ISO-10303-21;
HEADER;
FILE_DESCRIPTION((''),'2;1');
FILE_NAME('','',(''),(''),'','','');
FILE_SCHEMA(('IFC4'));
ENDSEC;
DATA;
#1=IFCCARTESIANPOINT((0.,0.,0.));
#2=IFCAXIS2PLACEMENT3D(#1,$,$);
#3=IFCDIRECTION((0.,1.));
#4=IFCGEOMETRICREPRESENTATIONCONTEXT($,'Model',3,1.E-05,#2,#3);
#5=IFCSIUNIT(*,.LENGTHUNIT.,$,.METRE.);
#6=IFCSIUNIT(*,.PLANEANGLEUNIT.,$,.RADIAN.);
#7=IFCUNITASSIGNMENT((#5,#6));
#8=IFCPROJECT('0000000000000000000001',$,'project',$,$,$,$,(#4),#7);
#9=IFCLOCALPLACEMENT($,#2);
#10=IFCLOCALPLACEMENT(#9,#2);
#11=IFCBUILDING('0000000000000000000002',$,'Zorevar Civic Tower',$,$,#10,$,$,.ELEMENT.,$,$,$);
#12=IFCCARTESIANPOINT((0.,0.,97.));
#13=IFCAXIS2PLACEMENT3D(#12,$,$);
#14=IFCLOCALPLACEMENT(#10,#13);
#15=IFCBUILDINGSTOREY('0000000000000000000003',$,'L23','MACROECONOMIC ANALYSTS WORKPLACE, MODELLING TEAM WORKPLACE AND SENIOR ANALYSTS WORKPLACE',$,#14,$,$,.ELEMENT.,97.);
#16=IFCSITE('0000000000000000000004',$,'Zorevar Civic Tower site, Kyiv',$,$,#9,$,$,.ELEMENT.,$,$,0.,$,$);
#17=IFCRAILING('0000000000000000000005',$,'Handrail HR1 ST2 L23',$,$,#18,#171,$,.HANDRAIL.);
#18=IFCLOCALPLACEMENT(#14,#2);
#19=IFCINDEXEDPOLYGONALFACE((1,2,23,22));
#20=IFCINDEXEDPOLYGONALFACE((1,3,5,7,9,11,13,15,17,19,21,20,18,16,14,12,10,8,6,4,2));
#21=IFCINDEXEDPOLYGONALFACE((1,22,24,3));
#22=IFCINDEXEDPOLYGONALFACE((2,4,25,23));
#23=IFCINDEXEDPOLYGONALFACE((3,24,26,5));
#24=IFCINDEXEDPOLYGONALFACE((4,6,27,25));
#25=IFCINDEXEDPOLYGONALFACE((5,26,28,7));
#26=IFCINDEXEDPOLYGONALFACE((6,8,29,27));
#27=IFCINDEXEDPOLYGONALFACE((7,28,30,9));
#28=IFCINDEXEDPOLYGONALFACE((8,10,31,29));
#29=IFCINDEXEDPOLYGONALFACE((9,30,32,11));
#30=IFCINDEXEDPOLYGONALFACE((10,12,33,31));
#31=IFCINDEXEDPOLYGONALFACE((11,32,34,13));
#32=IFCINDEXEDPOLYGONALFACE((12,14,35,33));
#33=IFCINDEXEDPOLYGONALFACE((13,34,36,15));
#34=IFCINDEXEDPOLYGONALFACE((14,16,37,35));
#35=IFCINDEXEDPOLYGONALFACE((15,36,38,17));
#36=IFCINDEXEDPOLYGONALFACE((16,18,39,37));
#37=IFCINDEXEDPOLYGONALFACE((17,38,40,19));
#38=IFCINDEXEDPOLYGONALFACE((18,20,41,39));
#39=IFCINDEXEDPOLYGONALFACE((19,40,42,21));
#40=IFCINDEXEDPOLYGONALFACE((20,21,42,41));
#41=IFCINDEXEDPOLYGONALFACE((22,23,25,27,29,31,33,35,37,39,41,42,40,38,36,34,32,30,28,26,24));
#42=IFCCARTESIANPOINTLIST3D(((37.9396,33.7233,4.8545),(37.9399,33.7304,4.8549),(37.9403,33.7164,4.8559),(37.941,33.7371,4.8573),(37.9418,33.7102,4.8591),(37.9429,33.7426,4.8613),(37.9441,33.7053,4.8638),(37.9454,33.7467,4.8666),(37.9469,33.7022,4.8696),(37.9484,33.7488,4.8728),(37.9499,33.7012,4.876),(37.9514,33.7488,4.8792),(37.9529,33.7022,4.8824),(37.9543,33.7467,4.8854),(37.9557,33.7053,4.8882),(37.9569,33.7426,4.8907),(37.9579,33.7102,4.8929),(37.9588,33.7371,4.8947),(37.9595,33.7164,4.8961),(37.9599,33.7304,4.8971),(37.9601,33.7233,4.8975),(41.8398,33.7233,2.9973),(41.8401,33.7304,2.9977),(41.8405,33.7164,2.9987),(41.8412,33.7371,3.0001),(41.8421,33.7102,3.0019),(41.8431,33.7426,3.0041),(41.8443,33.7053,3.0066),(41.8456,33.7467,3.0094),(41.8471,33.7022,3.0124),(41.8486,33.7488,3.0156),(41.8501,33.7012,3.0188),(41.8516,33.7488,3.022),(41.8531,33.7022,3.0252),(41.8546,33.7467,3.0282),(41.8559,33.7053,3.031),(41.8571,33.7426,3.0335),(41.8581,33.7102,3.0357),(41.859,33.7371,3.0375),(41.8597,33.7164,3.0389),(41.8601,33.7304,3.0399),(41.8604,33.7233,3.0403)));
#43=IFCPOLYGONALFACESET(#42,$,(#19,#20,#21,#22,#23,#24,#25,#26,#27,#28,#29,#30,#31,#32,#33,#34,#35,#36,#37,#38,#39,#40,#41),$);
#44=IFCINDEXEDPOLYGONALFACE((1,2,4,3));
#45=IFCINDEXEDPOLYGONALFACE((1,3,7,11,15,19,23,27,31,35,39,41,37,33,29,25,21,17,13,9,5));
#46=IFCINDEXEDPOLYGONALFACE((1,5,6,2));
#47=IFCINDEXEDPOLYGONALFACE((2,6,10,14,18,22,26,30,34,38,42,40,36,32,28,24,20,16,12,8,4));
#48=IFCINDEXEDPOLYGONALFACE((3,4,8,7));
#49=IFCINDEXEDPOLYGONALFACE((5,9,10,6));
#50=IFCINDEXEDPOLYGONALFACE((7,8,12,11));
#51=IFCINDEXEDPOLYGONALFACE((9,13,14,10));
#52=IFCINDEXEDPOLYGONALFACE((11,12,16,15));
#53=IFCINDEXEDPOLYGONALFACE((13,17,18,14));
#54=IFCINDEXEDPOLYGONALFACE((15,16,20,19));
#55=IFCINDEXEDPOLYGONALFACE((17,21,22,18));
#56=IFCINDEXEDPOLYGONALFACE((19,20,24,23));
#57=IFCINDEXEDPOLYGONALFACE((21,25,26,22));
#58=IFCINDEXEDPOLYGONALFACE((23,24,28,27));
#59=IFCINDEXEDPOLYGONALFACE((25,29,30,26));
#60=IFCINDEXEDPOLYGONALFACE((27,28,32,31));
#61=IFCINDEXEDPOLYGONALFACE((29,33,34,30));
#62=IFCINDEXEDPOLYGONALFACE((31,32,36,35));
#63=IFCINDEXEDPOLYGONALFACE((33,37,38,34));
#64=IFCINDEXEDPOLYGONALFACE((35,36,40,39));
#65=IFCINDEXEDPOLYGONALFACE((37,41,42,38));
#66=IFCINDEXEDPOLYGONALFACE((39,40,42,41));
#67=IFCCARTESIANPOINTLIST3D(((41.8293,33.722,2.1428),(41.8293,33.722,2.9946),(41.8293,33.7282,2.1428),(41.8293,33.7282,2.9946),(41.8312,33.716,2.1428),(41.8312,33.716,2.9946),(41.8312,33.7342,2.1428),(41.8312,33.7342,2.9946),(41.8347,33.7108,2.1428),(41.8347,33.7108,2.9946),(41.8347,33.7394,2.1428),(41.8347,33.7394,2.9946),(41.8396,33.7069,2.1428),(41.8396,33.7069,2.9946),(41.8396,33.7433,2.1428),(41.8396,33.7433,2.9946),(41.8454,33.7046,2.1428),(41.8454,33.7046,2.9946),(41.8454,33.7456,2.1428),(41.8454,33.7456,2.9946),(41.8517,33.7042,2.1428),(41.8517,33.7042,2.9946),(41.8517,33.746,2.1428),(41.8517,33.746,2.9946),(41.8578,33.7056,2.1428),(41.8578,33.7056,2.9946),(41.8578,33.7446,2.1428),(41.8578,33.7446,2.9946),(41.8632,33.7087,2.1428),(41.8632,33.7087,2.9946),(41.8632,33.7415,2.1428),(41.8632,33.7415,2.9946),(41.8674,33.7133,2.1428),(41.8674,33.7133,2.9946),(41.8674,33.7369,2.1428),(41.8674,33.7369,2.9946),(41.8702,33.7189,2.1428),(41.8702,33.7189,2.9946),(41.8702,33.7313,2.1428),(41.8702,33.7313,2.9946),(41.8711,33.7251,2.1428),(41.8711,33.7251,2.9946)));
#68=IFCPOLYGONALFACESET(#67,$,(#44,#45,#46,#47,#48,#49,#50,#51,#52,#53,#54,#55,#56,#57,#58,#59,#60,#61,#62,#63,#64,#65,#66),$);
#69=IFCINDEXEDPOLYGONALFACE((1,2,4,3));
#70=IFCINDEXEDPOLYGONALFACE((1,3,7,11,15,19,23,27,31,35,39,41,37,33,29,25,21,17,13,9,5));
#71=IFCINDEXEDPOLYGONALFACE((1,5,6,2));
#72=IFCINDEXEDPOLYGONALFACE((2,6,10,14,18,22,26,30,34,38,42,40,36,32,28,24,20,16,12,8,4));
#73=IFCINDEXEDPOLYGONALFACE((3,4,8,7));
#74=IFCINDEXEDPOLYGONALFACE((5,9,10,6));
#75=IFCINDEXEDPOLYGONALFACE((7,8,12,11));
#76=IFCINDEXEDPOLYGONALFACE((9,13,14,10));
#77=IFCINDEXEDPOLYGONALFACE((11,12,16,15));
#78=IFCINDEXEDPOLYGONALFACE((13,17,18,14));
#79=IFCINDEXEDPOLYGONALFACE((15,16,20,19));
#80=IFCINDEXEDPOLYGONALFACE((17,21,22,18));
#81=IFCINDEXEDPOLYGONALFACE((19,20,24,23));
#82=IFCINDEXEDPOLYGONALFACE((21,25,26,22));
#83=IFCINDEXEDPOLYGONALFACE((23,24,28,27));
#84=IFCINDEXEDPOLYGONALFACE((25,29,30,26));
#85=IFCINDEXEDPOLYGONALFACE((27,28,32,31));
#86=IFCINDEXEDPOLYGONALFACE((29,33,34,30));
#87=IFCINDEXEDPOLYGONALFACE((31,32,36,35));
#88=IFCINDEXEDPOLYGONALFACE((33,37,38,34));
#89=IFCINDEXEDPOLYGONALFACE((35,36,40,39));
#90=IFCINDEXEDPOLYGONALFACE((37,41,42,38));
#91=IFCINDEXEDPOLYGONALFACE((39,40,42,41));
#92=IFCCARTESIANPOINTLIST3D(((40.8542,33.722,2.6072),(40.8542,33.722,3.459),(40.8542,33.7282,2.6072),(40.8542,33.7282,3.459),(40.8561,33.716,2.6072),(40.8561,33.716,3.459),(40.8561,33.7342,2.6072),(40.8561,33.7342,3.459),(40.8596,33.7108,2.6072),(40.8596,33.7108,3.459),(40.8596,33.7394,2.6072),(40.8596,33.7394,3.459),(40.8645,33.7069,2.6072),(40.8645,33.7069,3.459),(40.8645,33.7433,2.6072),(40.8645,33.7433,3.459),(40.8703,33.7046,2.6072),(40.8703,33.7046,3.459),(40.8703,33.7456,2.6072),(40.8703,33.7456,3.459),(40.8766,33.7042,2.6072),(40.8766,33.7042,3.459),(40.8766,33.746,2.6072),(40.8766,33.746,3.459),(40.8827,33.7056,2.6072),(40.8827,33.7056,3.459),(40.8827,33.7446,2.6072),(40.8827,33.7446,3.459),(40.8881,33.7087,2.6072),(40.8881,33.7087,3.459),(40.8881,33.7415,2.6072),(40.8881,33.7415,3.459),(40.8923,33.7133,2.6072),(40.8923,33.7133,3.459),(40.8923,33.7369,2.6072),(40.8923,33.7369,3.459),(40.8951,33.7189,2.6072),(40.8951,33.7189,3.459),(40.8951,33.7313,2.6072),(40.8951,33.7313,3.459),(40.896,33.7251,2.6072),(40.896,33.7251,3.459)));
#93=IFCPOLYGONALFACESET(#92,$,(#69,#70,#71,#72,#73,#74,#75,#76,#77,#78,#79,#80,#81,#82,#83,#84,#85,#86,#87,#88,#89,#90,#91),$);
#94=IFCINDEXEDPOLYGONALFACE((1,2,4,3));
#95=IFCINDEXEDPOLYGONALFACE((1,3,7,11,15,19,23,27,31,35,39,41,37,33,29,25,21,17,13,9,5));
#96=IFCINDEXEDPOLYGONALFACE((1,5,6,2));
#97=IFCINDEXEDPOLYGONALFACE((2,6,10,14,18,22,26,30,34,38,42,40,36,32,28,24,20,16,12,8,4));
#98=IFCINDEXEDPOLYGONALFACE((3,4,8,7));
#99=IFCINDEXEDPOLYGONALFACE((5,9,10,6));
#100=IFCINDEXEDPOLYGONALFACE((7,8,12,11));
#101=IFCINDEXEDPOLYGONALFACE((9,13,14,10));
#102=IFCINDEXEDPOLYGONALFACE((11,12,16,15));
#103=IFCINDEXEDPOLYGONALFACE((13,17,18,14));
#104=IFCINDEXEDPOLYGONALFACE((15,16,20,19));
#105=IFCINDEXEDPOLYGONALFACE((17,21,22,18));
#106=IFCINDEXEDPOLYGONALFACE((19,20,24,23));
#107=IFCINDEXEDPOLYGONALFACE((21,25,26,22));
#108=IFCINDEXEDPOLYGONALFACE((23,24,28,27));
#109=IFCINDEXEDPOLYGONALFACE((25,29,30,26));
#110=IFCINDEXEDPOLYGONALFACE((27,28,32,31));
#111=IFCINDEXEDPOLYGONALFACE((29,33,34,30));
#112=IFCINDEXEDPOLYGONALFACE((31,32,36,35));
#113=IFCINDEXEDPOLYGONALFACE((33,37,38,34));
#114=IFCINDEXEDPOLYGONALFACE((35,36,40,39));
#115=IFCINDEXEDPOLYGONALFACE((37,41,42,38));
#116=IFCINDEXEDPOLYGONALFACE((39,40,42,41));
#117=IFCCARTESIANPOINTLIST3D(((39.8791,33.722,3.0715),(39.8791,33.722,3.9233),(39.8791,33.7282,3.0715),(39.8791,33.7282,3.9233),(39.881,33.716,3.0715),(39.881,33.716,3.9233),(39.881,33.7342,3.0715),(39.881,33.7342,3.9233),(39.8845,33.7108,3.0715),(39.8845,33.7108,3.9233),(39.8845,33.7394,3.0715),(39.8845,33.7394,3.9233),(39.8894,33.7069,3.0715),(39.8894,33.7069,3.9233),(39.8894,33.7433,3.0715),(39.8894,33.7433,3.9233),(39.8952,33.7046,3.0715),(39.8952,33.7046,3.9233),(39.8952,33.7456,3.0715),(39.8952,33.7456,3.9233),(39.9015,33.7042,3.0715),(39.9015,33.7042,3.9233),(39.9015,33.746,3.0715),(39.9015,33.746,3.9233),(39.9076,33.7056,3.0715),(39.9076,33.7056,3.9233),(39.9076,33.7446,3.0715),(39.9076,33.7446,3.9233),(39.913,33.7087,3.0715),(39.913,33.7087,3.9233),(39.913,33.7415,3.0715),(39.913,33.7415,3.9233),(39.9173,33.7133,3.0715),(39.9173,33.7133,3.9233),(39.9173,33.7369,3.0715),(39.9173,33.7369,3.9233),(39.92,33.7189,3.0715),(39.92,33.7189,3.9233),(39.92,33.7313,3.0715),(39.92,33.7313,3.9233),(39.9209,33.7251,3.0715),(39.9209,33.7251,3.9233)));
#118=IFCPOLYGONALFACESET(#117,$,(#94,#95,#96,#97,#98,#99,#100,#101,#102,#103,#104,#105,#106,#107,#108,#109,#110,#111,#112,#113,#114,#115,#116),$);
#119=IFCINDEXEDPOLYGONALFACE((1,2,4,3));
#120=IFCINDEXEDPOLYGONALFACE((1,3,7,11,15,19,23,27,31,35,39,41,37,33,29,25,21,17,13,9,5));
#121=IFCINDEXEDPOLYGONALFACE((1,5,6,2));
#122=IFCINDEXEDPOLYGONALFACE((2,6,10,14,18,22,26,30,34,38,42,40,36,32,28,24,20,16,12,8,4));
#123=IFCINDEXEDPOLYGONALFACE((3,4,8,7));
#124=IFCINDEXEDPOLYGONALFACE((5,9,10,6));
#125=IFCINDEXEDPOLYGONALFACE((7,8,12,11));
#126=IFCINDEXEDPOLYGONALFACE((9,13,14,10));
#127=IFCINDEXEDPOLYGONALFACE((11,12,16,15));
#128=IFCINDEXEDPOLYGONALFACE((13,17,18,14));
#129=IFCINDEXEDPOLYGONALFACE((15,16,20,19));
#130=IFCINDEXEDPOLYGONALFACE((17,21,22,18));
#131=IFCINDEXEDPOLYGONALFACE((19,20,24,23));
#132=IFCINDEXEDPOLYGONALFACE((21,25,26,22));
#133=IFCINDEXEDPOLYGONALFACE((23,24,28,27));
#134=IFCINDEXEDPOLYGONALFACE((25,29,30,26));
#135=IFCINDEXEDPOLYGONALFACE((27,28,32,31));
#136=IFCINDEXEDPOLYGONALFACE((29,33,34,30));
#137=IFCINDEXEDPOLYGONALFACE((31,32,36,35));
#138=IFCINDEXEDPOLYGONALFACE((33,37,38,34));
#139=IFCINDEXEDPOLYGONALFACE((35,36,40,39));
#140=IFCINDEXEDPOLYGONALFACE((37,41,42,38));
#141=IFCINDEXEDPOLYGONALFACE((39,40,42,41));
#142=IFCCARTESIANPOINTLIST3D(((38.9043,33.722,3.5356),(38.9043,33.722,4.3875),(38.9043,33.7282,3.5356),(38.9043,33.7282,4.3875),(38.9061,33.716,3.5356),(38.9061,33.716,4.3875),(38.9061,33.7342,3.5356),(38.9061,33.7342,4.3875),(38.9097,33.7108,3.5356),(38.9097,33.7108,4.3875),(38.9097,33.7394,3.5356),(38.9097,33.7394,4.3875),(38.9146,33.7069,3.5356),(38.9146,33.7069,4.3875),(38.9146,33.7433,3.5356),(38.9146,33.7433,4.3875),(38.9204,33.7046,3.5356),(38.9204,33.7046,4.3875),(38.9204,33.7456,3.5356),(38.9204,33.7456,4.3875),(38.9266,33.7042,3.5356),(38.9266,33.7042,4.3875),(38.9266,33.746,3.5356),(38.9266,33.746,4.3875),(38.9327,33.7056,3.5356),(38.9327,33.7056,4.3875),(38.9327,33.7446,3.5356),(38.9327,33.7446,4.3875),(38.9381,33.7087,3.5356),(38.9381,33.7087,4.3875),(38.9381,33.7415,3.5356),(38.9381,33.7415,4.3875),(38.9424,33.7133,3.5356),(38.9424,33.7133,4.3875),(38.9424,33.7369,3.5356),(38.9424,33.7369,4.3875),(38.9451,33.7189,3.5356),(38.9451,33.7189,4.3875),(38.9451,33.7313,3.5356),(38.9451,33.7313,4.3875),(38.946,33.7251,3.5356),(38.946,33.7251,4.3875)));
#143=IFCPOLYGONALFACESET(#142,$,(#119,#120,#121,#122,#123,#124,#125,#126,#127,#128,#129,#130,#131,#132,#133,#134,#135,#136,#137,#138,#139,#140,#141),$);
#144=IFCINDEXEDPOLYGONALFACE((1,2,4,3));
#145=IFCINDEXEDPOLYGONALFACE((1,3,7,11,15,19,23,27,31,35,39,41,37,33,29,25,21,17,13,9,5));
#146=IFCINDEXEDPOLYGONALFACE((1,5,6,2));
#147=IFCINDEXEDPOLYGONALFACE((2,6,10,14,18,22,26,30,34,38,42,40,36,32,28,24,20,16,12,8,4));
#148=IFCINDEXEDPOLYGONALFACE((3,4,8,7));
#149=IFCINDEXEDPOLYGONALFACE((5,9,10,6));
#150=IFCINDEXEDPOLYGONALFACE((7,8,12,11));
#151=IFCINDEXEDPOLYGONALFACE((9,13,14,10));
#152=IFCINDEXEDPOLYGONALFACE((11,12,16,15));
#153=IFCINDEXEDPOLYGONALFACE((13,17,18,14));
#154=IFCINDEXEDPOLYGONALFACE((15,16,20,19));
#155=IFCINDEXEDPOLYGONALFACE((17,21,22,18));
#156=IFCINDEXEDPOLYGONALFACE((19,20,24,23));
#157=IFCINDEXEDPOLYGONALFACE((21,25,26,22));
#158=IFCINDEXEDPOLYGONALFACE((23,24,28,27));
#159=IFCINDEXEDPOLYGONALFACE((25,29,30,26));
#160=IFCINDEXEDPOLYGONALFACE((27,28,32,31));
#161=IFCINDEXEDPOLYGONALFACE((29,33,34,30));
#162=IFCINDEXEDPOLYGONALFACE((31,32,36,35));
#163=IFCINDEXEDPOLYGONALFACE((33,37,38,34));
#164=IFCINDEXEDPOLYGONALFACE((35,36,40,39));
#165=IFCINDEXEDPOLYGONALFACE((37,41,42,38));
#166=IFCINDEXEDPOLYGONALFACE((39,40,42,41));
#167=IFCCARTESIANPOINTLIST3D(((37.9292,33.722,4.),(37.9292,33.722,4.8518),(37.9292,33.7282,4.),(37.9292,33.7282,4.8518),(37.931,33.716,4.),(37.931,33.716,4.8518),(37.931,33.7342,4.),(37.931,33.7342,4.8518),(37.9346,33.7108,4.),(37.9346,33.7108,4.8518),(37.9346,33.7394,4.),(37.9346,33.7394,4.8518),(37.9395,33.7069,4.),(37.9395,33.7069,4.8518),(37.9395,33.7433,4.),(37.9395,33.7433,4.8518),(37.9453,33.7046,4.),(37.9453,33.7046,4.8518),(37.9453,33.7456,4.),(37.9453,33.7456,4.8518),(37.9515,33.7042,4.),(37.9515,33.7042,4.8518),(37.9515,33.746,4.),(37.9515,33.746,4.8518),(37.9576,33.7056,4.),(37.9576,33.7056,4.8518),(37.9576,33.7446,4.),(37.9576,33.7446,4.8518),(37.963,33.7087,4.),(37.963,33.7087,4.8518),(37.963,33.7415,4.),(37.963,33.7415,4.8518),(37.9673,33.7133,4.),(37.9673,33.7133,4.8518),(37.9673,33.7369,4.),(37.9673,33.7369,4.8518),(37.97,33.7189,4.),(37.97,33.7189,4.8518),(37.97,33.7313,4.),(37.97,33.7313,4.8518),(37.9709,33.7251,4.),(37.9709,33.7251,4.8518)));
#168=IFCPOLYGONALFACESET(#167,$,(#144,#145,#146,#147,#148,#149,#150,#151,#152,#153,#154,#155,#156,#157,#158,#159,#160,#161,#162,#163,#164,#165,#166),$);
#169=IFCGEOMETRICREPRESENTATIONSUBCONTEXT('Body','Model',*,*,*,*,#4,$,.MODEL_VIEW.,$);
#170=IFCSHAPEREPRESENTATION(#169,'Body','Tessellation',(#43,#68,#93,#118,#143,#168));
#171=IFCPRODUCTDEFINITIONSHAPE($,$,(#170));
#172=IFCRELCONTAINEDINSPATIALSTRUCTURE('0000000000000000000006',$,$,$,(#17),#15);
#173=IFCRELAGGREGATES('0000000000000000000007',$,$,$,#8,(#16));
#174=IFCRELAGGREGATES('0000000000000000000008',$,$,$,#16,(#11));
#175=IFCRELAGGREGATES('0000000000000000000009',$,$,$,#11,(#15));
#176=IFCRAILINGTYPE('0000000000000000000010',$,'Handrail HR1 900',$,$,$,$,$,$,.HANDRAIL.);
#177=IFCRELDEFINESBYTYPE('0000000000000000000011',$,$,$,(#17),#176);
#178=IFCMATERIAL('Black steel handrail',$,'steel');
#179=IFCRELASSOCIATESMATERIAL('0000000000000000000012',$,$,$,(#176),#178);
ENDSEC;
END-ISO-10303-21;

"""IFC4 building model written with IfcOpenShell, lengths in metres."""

from ifc_helpers import new_model, si_unit, direction, frame, origin, origin_2d, place, context, subcontext, project, spatial, circle, extrude, material, type_object, element, save


model = new_model("IFC4")

# Units and contexts
model_context = context("Model", 3, precision=1e-05, world=origin(), true_north=direction((0.0, 1.0)))
body_context = subcontext(model_context, "Body", "Model", "MODEL_VIEW")
ifc_project = project(units=[si_unit("LENGTHUNIT", "METRE"), si_unit("PLANEANGLEUNIT", "RADIAN")], contexts=[model_context])

# Site, building, storey
site_placement = place(None, origin())
site = spatial("IfcSite", under=ifc_project, at=site_placement, Name="Zorevar Civic Tower site, Kyiv", CompositionType="ELEMENT", RefElevation=0.0)
building_placement = place(site_placement, origin())
building = spatial("IfcBuilding", under=site, at=building_placement, Name="Zorevar Civic Tower", CompositionType="ELEMENT")
storey_placement = place(building_placement, frame((0.0, 0.0, 97.0)))
storey = spatial("IfcBuildingStorey", under=building, at=storey_placement, Name="L23", Description="MACROECONOMIC ANALYSTS WORKPLACE, MODELLING TEAM WORKPLACE AND SENIOR ANALYSTS WORKPLACE", CompositionType="ELEMENT", Elevation=97.0)

# Railing
ifc_material_1 = material(Name="Black steel handrail", Category="steel")
railing_type = type_object("IfcRailingType", Name="Handrail HR1 900", PredefinedType="HANDRAIL", material=ifc_material_1)
railing_1_placement = place(storey_placement, frame((41.8501, 33.7251, 2.1428)))
element("IfcRailing", 1, at=railing_1_placement, inside=storey, type_object=railing_type, Name="Handrail HR1 ST2 L23", PredefinedType="HANDRAIL", context=body_context, shape_type="SweptSolid", body=[
    extrude(circle(Radius=0.0239, at=origin_2d()), frame((0.0, 0.0, 0.876), z_axis=(-0.902864, 0.0, 0.429927), x_axis=(0.0, -1.0, 0.0)), (0.0, 0.0, 1.0), 4.3198),
    extrude(circle(Radius=0.021, at=origin_2d()), origin(), (0.0, 0.0, 1.0), 0.8518),
    extrude(circle(Radius=0.021, at=origin_2d()), frame((-0.9751, 0.0, 0.4644)), (0.0, 0.0, 1.0), 0.8518),
    extrude(circle(Radius=0.021, at=origin_2d()), frame((-1.9502, 0.0, 0.9287)), (0.0, 0.0, 1.0), 0.8518),
    extrude(circle(Radius=0.021, at=origin_2d()), frame((-2.925, 0.0, 1.3928)), (0.0, 0.0, 1.0), 0.8518),
    extrude(circle(Radius=0.021, at=origin_2d()), frame((-3.9001, 0.0, 1.8572)), (0.0, 0.0, 1.0), 0.8518),
])

save(model, "model.ifc")
